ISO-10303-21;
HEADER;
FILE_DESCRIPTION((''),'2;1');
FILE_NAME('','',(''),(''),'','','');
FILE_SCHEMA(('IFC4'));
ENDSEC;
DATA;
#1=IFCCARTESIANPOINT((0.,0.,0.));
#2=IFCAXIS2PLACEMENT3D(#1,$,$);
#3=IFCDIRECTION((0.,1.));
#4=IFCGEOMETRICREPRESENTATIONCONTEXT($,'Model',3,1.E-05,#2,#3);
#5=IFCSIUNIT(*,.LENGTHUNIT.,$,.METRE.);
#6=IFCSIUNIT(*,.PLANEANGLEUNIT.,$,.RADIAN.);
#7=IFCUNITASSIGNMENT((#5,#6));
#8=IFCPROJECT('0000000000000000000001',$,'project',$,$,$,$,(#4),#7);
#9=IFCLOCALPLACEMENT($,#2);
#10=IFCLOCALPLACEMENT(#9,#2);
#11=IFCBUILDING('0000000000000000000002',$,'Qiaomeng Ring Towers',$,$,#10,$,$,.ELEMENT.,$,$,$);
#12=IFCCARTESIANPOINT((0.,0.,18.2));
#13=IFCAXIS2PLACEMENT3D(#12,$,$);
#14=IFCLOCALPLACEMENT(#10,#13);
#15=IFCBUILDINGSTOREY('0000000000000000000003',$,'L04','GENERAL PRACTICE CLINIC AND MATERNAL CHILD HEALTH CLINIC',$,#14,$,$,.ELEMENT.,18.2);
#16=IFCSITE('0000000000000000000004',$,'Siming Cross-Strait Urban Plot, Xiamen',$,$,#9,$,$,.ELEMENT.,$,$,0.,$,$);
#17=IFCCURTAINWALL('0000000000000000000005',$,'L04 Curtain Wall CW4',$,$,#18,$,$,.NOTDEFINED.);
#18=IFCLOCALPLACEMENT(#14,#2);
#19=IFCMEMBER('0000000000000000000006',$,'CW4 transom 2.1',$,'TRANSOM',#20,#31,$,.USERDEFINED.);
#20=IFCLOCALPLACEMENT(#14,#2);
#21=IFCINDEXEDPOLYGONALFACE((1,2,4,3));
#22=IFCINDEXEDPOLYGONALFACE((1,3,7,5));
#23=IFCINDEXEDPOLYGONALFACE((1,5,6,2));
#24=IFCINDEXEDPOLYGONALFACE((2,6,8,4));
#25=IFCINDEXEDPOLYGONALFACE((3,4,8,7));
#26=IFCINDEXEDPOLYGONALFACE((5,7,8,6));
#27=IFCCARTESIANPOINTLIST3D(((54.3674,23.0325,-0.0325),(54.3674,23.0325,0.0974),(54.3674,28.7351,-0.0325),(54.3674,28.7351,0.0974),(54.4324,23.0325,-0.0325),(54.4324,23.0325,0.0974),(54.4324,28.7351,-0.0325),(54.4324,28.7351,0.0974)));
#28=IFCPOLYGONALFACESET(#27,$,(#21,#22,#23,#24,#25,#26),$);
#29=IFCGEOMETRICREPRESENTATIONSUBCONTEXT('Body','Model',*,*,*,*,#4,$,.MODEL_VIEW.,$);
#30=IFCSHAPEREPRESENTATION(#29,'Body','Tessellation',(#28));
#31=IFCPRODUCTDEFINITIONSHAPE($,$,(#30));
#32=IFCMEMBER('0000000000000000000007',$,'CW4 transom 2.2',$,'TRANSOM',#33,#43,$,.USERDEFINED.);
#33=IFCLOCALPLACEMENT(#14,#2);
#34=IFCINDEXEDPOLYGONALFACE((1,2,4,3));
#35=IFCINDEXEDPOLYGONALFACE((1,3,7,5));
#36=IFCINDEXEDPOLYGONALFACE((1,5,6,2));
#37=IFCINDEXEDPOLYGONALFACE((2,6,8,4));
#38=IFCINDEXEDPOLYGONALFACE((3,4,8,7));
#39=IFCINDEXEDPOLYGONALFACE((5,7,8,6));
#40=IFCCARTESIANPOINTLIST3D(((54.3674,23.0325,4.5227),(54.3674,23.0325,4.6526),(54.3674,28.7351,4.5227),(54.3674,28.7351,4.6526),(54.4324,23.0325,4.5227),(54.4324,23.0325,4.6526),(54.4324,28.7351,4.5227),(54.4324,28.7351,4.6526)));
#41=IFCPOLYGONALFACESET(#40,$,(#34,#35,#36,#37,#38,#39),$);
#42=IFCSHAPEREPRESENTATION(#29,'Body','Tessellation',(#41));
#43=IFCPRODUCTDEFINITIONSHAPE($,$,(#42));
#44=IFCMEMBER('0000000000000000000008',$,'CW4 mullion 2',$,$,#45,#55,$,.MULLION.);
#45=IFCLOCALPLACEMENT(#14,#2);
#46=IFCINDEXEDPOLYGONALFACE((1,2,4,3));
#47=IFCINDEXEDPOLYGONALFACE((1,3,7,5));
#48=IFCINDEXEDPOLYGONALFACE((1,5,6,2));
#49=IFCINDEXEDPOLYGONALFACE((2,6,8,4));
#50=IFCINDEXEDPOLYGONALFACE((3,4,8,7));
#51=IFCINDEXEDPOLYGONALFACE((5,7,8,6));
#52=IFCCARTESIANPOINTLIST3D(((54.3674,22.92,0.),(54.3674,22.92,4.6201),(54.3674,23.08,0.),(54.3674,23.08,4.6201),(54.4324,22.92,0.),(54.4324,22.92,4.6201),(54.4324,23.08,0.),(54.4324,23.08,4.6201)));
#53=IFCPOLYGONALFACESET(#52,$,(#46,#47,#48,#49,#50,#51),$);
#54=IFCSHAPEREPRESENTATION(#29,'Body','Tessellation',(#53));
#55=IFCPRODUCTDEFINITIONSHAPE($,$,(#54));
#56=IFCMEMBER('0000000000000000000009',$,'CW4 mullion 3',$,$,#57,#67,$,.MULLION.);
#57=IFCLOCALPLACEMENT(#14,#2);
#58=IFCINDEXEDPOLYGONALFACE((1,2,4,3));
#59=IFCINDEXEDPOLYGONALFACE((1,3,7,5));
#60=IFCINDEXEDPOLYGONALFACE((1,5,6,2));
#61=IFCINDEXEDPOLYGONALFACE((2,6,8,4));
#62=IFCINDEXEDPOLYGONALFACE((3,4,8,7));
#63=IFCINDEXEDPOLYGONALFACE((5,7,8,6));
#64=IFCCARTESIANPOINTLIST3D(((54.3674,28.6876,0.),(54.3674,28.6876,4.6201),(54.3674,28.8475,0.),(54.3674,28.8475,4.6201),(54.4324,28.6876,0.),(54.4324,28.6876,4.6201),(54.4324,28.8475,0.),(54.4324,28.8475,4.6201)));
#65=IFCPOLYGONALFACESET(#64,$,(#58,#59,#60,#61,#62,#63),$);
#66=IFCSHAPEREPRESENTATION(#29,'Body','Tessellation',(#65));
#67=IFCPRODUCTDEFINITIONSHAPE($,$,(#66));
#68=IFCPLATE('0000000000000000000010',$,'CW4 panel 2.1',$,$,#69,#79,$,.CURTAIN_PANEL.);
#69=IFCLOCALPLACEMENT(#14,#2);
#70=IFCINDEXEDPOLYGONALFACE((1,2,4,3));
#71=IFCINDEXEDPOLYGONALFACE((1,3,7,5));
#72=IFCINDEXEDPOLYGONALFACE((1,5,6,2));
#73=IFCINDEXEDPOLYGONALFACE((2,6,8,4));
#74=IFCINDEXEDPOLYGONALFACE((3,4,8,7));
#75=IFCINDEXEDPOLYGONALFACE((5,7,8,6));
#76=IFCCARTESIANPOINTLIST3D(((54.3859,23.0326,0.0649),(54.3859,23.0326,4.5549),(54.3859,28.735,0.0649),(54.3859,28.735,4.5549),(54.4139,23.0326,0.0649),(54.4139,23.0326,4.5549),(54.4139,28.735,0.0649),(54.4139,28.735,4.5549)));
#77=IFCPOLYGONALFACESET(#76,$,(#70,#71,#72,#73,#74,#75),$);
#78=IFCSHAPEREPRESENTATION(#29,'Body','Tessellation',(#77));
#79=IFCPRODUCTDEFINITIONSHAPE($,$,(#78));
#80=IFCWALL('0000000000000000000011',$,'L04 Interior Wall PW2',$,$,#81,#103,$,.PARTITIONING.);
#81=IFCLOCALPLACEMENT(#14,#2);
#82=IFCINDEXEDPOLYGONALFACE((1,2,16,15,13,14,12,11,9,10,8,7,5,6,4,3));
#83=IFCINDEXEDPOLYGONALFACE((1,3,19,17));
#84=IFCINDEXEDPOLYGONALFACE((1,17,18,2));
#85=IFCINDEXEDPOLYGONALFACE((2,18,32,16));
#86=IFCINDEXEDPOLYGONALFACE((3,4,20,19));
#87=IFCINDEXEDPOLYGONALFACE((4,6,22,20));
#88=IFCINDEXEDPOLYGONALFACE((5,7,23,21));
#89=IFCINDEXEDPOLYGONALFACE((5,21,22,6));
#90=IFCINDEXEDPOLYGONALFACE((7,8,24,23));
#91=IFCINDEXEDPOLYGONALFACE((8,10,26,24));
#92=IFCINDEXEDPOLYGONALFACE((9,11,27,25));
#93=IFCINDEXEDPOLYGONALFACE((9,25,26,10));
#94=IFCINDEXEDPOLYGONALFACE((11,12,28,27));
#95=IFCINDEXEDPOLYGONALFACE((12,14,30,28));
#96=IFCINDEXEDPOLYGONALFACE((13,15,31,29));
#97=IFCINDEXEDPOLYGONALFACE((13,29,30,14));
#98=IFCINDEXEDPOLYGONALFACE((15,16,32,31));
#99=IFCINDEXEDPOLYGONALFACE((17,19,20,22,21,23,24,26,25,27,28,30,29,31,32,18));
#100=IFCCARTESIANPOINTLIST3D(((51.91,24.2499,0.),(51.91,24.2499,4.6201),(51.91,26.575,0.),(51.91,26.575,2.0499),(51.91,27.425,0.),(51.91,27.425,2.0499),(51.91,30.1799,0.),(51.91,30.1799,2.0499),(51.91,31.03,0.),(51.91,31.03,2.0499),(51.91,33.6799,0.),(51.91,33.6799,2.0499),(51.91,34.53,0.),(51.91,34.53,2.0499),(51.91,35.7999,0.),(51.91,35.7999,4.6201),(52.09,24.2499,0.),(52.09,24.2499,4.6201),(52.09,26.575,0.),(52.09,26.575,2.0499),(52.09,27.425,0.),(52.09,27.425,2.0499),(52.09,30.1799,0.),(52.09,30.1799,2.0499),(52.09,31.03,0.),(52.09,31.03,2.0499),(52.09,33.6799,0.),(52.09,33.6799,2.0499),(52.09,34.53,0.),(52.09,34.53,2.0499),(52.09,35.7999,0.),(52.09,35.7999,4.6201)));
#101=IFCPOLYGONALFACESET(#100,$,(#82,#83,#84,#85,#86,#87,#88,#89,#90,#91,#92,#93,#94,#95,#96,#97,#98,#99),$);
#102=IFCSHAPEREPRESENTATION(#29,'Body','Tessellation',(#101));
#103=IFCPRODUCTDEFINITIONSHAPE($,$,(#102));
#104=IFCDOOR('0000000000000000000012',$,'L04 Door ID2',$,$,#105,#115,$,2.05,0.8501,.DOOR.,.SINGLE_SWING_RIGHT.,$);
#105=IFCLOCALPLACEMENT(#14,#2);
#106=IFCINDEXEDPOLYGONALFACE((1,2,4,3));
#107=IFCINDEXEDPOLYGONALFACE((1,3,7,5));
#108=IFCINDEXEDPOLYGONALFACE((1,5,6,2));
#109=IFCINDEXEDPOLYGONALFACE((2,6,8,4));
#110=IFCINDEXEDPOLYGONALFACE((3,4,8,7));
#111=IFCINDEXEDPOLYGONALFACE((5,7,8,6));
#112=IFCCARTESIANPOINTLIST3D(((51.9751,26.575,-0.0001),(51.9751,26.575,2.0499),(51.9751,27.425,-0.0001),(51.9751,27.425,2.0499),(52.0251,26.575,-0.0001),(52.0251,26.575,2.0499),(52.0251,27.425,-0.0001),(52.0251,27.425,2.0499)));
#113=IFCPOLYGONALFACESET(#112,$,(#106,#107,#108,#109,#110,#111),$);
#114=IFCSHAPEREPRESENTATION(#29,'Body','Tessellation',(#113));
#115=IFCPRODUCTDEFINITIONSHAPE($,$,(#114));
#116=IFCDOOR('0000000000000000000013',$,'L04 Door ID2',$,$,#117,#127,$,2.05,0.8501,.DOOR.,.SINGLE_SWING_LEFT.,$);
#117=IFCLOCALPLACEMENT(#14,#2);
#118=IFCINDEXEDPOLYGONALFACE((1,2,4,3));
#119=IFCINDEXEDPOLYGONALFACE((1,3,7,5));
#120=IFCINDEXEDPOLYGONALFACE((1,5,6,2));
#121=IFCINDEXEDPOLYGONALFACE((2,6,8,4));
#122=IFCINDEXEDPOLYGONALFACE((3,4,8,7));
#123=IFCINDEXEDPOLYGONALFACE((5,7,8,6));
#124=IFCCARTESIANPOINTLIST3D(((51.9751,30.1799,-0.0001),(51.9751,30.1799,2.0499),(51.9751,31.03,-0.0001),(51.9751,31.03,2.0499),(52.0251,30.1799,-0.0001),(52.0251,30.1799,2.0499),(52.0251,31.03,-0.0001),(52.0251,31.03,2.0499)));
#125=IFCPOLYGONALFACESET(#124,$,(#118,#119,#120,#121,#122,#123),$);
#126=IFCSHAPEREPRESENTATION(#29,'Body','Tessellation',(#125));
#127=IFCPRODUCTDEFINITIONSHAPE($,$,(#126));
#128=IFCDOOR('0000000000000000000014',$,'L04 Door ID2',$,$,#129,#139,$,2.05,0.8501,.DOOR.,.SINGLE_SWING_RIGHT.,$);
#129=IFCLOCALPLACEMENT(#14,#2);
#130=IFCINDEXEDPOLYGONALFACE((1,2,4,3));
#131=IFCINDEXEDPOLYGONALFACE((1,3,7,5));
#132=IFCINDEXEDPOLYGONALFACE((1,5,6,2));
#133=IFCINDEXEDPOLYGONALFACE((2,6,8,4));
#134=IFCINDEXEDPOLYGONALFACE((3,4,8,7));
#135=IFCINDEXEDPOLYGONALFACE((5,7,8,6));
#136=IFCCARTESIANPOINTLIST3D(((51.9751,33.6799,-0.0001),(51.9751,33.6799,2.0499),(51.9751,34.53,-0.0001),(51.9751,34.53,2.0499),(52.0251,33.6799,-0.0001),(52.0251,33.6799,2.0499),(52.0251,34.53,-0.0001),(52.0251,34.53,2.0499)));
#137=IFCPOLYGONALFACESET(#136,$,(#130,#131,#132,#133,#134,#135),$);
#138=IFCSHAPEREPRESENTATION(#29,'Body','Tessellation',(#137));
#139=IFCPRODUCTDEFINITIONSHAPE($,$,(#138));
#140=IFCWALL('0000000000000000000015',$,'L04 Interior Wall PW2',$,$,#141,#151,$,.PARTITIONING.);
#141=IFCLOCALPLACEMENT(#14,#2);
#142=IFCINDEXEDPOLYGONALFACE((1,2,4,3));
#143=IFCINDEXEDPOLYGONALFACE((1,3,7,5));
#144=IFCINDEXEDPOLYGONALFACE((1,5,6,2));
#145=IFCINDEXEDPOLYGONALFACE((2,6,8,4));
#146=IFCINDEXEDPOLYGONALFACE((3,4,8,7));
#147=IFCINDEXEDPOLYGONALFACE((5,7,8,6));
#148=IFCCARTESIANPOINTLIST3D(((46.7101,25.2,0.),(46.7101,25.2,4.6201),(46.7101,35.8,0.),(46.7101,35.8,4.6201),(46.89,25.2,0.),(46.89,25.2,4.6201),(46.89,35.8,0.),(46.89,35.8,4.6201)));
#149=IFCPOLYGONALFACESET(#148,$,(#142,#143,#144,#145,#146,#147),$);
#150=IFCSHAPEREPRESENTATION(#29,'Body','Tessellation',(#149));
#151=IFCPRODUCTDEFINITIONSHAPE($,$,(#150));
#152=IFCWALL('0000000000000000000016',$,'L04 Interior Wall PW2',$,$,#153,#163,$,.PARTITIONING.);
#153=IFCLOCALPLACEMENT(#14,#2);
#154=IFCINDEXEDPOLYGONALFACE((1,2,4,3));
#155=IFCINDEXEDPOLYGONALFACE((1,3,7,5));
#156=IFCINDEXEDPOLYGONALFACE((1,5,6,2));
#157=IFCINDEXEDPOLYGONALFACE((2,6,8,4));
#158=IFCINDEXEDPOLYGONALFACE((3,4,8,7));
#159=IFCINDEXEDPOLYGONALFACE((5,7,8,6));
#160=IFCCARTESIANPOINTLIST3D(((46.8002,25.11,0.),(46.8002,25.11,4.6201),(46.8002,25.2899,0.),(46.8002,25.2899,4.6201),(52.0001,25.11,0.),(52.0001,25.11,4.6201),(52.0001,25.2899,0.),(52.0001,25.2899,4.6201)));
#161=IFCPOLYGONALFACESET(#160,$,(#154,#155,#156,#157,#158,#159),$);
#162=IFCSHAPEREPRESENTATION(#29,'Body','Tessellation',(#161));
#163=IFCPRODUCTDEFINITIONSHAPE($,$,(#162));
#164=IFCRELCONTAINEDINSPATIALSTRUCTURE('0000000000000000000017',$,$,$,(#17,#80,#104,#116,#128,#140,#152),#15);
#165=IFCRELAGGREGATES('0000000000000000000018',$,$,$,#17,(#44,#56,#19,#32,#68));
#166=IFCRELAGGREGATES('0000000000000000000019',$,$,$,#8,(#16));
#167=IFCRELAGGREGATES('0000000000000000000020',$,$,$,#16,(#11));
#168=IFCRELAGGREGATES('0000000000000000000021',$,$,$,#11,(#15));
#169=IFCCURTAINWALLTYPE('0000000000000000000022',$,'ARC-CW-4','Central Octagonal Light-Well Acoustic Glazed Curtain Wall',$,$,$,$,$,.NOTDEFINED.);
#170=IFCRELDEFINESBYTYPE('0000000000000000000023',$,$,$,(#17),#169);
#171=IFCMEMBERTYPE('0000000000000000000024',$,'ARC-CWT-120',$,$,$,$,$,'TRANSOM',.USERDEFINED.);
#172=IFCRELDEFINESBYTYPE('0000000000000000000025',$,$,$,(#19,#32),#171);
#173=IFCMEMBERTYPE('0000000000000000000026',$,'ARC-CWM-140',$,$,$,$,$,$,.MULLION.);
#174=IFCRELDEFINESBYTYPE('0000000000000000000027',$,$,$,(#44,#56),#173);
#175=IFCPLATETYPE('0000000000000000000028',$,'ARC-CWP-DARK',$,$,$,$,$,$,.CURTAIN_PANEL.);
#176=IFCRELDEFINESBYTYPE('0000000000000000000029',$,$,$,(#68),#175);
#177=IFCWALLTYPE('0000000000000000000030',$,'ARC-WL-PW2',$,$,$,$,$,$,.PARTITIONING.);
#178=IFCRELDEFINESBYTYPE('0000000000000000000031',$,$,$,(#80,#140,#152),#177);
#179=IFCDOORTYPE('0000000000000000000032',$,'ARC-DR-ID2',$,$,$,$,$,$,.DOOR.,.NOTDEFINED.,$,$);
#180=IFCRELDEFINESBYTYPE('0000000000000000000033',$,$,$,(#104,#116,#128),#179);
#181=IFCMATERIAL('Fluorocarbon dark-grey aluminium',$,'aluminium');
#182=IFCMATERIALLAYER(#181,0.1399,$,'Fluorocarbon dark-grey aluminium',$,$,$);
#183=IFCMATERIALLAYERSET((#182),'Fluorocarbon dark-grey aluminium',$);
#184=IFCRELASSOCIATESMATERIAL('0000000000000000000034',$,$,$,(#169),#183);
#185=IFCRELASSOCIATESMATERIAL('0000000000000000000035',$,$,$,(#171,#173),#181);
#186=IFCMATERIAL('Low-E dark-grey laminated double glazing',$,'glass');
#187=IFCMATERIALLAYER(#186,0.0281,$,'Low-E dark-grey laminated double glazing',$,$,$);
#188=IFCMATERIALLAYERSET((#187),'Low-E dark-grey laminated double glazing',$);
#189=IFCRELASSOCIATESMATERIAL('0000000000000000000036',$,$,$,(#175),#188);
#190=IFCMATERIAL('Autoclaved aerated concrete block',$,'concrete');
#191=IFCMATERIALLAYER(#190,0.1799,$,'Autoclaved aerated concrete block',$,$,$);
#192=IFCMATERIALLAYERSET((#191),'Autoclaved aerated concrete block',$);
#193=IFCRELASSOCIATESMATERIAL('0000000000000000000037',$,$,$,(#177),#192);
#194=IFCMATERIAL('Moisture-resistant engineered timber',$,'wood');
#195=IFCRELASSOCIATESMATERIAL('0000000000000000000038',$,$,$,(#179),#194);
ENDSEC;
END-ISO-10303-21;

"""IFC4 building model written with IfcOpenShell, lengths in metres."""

from ifc_helpers import new_model, si_unit, direction, frame, frame_2d, origin, origin_2d, place, context, subcontext, project, spatial, rectangle, extrude, source, transform, mapped, material, layer, layer_set, material_profile, profile_set, type_object, element, fill, aggregate, save


model = new_model("IFC4")

# Units and contexts
model_context = context("Model", 3, precision=1e-05, world=origin(), true_north=direction((0.0, 1.0)))
body_context = subcontext(model_context, "Body", "Model", "MODEL_VIEW")
ifc_project = project(units=[si_unit("LENGTHUNIT", "METRE"), si_unit("PLANEANGLEUNIT", "RADIAN")], contexts=[model_context])

# Site, building, storey
site_placement = place(None, origin())
site = spatial("IfcSite", under=ifc_project, at=site_placement, Name="Siming Cross-Strait Urban Plot, Xiamen", CompositionType="ELEMENT", RefElevation=0.0)
building_placement = place(site_placement, origin())
building = spatial("IfcBuilding", under=site, at=building_placement, Name="Qiaomeng Ring Towers", CompositionType="ELEMENT")
storey_placement = place(building_placement, frame((0.0, 0.0, 18.2)))
storey = spatial("IfcBuildingStorey", under=building, at=storey_placement, Name="L04", Description="GENERAL PRACTICE CLINIC AND MATERNAL CHILD HEALTH CLINIC", CompositionType="ELEMENT", Elevation=18.2)

# Curtain wall, members, plate
ifc_material_1 = material(Name="Fluorocarbon dark-grey aluminium", Category="aluminium")
ifc_layer_1 = layer(ifc_material_1, 0.1399, Name="Fluorocarbon dark-grey aluminium")
ifc_layer_set_1 = layer_set([ifc_layer_1], Name="Fluorocarbon dark-grey aluminium")
curtain_wall_type = type_object("IfcCurtainWallType", Name="ARC-CW-4", Description="Central Octagonal Light-Well Acoustic Glazed Curtain Wall", PredefinedType="NOTDEFINED", material=ifc_layer_set_1)
curtain_wall_placement = place(storey_placement, origin())
curtain_wall = element("IfcCurtainWall", 1, at=curtain_wall_placement, inside=storey, type_object=curtain_wall_type, Name="L04 Curtain Wall CW4", PredefinedType="NOTDEFINED")
ifc_material_profile_1 = material_profile(ifc_material_1, rectangle(XDim=0.0649, YDim=0.1299, at=origin_2d()), Name="ALU TRAN 65x130")
ifc_profile_set_1 = profile_set([ifc_material_profile_1], Name="Fluorocarbon dark-grey aluminium")
member_type_1 = type_object("IfcMemberType", Name="ARC-CWT-120", ElementType="TRANSOM", PredefinedType="USERDEFINED", material=ifc_profile_set_1)
shared_shape_1 = source(origin(), body_context, "Body", "SweptSolid", [
    extrude(rectangle(XDim=0.0649, YDim=0.1299, at=origin_2d()), origin(), (0.0, 0.0, 1.0), 5.7026),
])
member_1_placement = place(storey_placement, frame((54.3999, 23.0325, 0.0325), z_axis=(0.0, 1.0, 0.0), x_axis=(-1.0, 0.0, 0.0)))
member_1 = element("IfcMember", 2, at=member_1_placement, type_object=member_type_1, Name="CW4 transom 2.1", ObjectType="TRANSOM", PredefinedType="USERDEFINED", context=body_context, shape_type="MappedRepresentation", body=[
    mapped(shared_shape_1, transform((0.0, 0.0, 0.0), x_axis=(1.0, 0.0, 0.0), y_axis=(0.0, 1.0, 0.0), z_axis=(0.0, 0.0, 1.0), scale=1.0)),
])
member_2_placement = place(storey_placement, frame((54.3999, 23.0325, 4.5876), z_axis=(0.0, 1.0, 0.0), x_axis=(-1.0, 0.0, 0.0)))
member_2 = element("IfcMember", 3, at=member_2_placement, type_object=member_type_1, Name="CW4 transom 2.2", ObjectType="TRANSOM", PredefinedType="USERDEFINED", context=body_context, shape_type="MappedRepresentation", body=[
    mapped(shared_shape_1, transform((0.0, 0.0, 0.0), x_axis=(1.0, 0.0, 0.0), y_axis=(0.0, 1.0, 0.0), z_axis=(0.0, 0.0, 1.0), scale=1.0)),
])
ifc_material_profile_2 = material_profile(ifc_material_1, rectangle(XDim=0.0649, YDim=0.1599, at=origin_2d()), Name="ALU MULL 65x160")
ifc_profile_set_2 = profile_set([ifc_material_profile_2], Name="Fluorocarbon dark-grey aluminium")
member_type_2 = type_object("IfcMemberType", Name="ARC-CWM-140", PredefinedType="MULLION", material=ifc_profile_set_2)
shared_shape_2 = source(origin(), body_context, "Body", "SweptSolid", [
    extrude(rectangle(XDim=0.0649, YDim=0.1599, at=origin_2d()), origin(), (0.0, 0.0, 1.0), 4.6201),
])
member_3_placement = place(storey_placement, frame((54.3999, 23.0, 0.0), z_axis=(0.0, 0.0, 1.0), x_axis=(-1.0, 0.0, 0.0)))
member_3 = element("IfcMember", 4, at=member_3_placement, type_object=member_type_2, Name="CW4 mullion 2", PredefinedType="MULLION", context=body_context, shape_type="MappedRepresentation", body=[
    mapped(shared_shape_2, transform((0.0, 0.0, 0.0), x_axis=(1.0, 0.0, 0.0), y_axis=(0.0, 1.0, 0.0), z_axis=(0.0, 0.0, 1.0), scale=1.0)),
])
member_4_placement = place(storey_placement, frame((54.3999, 28.7676, 0.0), z_axis=(0.0, 0.0, 1.0), x_axis=(-1.0, 0.0, 0.0)))
member_4 = element("IfcMember", 5, at=member_4_placement, type_object=member_type_2, Name="CW4 mullion 3", PredefinedType="MULLION", context=body_context, shape_type="MappedRepresentation", body=[
    mapped(shared_shape_2, transform((0.0, 0.0, 0.0), x_axis=(1.0, 0.0, 0.0), y_axis=(0.0, 1.0, 0.0), z_axis=(0.0, 0.0, 1.0), scale=1.0)),
])
ifc_material_2 = material(Name="Low-E dark-grey laminated double glazing", Category="glass")
ifc_layer_2 = layer(ifc_material_2, 0.0281, Name="Low-E dark-grey laminated double glazing")
ifc_layer_set_2 = layer_set([ifc_layer_2], Name="Low-E dark-grey laminated double glazing")
plate_type = type_object("IfcPlateType", Name="ARC-CWP-DARK", PredefinedType="CURTAIN_PANEL", material=ifc_layer_set_2)
shared_shape_3 = source(origin(), body_context, "Body", "SweptSolid", [
    extrude(rectangle(XDim=5.7024, YDim=0.0281, at=origin_2d()), origin(), (0.0, 0.0, 1.0), 4.49),
])
plate_placement = place(storey_placement, frame((54.3999, 25.8838, 0.0649), z_axis=(0.0, 0.0, 1.0), x_axis=(0.0, 1.0, 0.0)))
plate = element("IfcPlate", 6, at=plate_placement, type_object=plate_type, Name="CW4 panel 2.1", PredefinedType="CURTAIN_PANEL", context=body_context, shape_type="MappedRepresentation", body=[
    mapped(shared_shape_3, transform((0.0, 0.0, 0.0), x_axis=(1.0, 0.0, 0.0), y_axis=(0.0, 1.0, 0.0), z_axis=(0.0, 0.0, 1.0), scale=1.0)),
])
aggregate(curtain_wall, [member_3, member_4, member_1, member_2, plate])

# Wall, openings, doors
ifc_material_3 = material(Name="Autoclaved aerated concrete block", Category="concrete")
ifc_layer_3 = layer(ifc_material_3, 0.1799, Name="Autoclaved aerated concrete block")
ifc_layer_set_3 = layer_set([ifc_layer_3], Name="Autoclaved aerated concrete block")
wall_type_1 = type_object("IfcWallType", Name="ARC-WL-PW2", PredefinedType="PARTITIONING", material=ifc_layer_set_3)
wall_1_placement = place(storey_placement, frame((52.0, 24.25, 0.0), z_axis=(0.0, 0.0, 1.0), x_axis=(0.0, 1.0, 0.0)))
wall_1 = element("IfcWall", 7, at=wall_1_placement, inside=storey, type_object=wall_type_1, Name="L04 Interior Wall PW2", PredefinedType="PARTITIONING", context=body_context, shape_type="SweptSolid", body=[
    extrude(rectangle(XDim=11.55, YDim=0.1799, at=frame_2d((5.7749, 0.0))), origin(), (0.0, 0.0, 1.0), 4.6201),
])
opening_1_placement = place(wall_1_placement, frame((2.325, 0.0, 0.0)))
opening_1 = element("IfcOpeningElement", 8, at=opening_1_placement, cuts=wall_1, PredefinedType="OPENING", context=body_context, shape_type="SweptSolid", body=[
    extrude(rectangle(XDim=0.8501, YDim=2.05, at=frame_2d((0.425, 1.0249))), frame((0.0, 0.0999, 0.0), z_axis=(0.0, -1.0, 0.0), x_axis=(1.0, 0.0, 0.0)), (0.0, 0.0, 1.0), 0.2),
])
opening_2_placement = place(wall_1_placement, frame((5.9299, 0.0, 0.0)))
opening_2 = element("IfcOpeningElement", 9, at=opening_2_placement, cuts=wall_1, PredefinedType="OPENING", context=body_context, shape_type="SweptSolid", body=[
    extrude(rectangle(XDim=0.8501, YDim=2.05, at=frame_2d((0.425, 1.0249))), frame((0.0, 0.0999, 0.0), z_axis=(0.0, -1.0, 0.0), x_axis=(1.0, 0.0, 0.0)), (0.0, 0.0, 1.0), 0.2),
])
opening_3_placement = place(wall_1_placement, frame((9.4299, 0.0, 0.0)))
opening_3 = element("IfcOpeningElement", 10, at=opening_3_placement, cuts=wall_1, PredefinedType="OPENING", context=body_context, shape_type="SweptSolid", body=[
    extrude(rectangle(XDim=0.8501, YDim=2.05, at=frame_2d((0.425, 1.0249))), frame((0.0, 0.0999, 0.0), z_axis=(0.0, -1.0, 0.0), x_axis=(1.0, 0.0, 0.0)), (0.0, 0.0, 1.0), 0.2),
])
ifc_material_4 = material(Name="Moisture-resistant engineered timber", Category="wood")
door_type_1 = type_object("IfcDoorType", Name="ARC-DR-ID2", OperationType="NOTDEFINED", PredefinedType="DOOR", material=ifc_material_4)
shared_shape_4 = source(origin(), body_context, "Body", "SweptSolid", [
    extrude(rectangle(XDim=0.8501, YDim=2.05, at=frame_2d((0.425, 1.0249))), frame((0.0, 0.0249, 0.0), z_axis=(0.0, -1.0, 0.0), x_axis=(1.0, 0.0, 0.0)), (0.0, 0.0, 1.0), 0.05),
])
door_1_placement = place(opening_1_placement, origin())
door_1 = element("IfcDoor", 11, at=door_1_placement, inside=storey, type_object=door_type_1, Name="L04 Door ID2", OperationType="SINGLE_SWING_RIGHT", OverallHeight=2.05, OverallWidth=0.8501, PredefinedType="DOOR", context=body_context, shape_type="MappedRepresentation", body=[
    mapped(shared_shape_4, transform((0.0, 0.0, 0.0), x_axis=(1.0, 0.0, 0.0), y_axis=(0.0, 1.0, 0.0), z_axis=(0.0, 0.0, 1.0), scale=1.0)),
])
fill(opening_1, door_1)
door_2_placement = place(opening_2_placement, origin())
door_2 = element("IfcDoor", 12, at=door_2_placement, inside=storey, type_object=door_type_1, Name="L04 Door ID2", OperationType="SINGLE_SWING_LEFT", OverallHeight=2.05, OverallWidth=0.8501, PredefinedType="DOOR", context=body_context, shape_type="MappedRepresentation", body=[
    mapped(shared_shape_4, transform((0.0, 0.0, 0.0), x_axis=(1.0, 0.0, 0.0), y_axis=(0.0, 1.0, 0.0), z_axis=(0.0, 0.0, 1.0), scale=1.0)),
])
fill(opening_2, door_2)
door_3_placement = place(opening_3_placement, origin())
door_3 = element("IfcDoor", 13, at=door_3_placement, inside=storey, type_object=door_type_1, Name="L04 Door ID2", OperationType="SINGLE_SWING_RIGHT", OverallHeight=2.05, OverallWidth=0.8501, PredefinedType="DOOR", context=body_context, shape_type="MappedRepresentation", body=[
    mapped(shared_shape_4, transform((0.0, 0.0, 0.0), x_axis=(1.0, 0.0, 0.0), y_axis=(0.0, 1.0, 0.0), z_axis=(0.0, 0.0, 1.0), scale=1.0)),
])
fill(opening_3, door_3)

# Walls
wall_2_placement = place(storey_placement, frame((46.8, 25.2, 0.0), z_axis=(0.0, 0.0, 1.0), x_axis=(0.0, 1.0, 0.0)))
element("IfcWall", 14, at=wall_2_placement, inside=storey, type_object=wall_type_1, Name="L04 Interior Wall PW2", PredefinedType="PARTITIONING", context=body_context, shape_type="SweptSolid", body=[
    extrude(rectangle(XDim=10.6001, YDim=0.1799, at=frame_2d((5.3, 0.0))), origin(), (0.0, 0.0, 1.0), 4.6201),
])
wall_3_placement = place(storey_placement, frame((46.8, 25.2, 0.0), z_axis=(0.0, 0.0, 1.0), x_axis=(1.0, 0.0, 0.0)))
element("IfcWall", 15, at=wall_3_placement, inside=storey, type_object=wall_type_1, Name="L04 Interior Wall PW2", PredefinedType="PARTITIONING", context=body_context, shape_type="SweptSolid", body=[
    extrude(rectangle(XDim=5.2, YDim=0.1799, at=frame_2d((2.6001, 0.0))), origin(), (0.0, 0.0, 1.0), 4.6201),
])

save(model, "model.ifc")
